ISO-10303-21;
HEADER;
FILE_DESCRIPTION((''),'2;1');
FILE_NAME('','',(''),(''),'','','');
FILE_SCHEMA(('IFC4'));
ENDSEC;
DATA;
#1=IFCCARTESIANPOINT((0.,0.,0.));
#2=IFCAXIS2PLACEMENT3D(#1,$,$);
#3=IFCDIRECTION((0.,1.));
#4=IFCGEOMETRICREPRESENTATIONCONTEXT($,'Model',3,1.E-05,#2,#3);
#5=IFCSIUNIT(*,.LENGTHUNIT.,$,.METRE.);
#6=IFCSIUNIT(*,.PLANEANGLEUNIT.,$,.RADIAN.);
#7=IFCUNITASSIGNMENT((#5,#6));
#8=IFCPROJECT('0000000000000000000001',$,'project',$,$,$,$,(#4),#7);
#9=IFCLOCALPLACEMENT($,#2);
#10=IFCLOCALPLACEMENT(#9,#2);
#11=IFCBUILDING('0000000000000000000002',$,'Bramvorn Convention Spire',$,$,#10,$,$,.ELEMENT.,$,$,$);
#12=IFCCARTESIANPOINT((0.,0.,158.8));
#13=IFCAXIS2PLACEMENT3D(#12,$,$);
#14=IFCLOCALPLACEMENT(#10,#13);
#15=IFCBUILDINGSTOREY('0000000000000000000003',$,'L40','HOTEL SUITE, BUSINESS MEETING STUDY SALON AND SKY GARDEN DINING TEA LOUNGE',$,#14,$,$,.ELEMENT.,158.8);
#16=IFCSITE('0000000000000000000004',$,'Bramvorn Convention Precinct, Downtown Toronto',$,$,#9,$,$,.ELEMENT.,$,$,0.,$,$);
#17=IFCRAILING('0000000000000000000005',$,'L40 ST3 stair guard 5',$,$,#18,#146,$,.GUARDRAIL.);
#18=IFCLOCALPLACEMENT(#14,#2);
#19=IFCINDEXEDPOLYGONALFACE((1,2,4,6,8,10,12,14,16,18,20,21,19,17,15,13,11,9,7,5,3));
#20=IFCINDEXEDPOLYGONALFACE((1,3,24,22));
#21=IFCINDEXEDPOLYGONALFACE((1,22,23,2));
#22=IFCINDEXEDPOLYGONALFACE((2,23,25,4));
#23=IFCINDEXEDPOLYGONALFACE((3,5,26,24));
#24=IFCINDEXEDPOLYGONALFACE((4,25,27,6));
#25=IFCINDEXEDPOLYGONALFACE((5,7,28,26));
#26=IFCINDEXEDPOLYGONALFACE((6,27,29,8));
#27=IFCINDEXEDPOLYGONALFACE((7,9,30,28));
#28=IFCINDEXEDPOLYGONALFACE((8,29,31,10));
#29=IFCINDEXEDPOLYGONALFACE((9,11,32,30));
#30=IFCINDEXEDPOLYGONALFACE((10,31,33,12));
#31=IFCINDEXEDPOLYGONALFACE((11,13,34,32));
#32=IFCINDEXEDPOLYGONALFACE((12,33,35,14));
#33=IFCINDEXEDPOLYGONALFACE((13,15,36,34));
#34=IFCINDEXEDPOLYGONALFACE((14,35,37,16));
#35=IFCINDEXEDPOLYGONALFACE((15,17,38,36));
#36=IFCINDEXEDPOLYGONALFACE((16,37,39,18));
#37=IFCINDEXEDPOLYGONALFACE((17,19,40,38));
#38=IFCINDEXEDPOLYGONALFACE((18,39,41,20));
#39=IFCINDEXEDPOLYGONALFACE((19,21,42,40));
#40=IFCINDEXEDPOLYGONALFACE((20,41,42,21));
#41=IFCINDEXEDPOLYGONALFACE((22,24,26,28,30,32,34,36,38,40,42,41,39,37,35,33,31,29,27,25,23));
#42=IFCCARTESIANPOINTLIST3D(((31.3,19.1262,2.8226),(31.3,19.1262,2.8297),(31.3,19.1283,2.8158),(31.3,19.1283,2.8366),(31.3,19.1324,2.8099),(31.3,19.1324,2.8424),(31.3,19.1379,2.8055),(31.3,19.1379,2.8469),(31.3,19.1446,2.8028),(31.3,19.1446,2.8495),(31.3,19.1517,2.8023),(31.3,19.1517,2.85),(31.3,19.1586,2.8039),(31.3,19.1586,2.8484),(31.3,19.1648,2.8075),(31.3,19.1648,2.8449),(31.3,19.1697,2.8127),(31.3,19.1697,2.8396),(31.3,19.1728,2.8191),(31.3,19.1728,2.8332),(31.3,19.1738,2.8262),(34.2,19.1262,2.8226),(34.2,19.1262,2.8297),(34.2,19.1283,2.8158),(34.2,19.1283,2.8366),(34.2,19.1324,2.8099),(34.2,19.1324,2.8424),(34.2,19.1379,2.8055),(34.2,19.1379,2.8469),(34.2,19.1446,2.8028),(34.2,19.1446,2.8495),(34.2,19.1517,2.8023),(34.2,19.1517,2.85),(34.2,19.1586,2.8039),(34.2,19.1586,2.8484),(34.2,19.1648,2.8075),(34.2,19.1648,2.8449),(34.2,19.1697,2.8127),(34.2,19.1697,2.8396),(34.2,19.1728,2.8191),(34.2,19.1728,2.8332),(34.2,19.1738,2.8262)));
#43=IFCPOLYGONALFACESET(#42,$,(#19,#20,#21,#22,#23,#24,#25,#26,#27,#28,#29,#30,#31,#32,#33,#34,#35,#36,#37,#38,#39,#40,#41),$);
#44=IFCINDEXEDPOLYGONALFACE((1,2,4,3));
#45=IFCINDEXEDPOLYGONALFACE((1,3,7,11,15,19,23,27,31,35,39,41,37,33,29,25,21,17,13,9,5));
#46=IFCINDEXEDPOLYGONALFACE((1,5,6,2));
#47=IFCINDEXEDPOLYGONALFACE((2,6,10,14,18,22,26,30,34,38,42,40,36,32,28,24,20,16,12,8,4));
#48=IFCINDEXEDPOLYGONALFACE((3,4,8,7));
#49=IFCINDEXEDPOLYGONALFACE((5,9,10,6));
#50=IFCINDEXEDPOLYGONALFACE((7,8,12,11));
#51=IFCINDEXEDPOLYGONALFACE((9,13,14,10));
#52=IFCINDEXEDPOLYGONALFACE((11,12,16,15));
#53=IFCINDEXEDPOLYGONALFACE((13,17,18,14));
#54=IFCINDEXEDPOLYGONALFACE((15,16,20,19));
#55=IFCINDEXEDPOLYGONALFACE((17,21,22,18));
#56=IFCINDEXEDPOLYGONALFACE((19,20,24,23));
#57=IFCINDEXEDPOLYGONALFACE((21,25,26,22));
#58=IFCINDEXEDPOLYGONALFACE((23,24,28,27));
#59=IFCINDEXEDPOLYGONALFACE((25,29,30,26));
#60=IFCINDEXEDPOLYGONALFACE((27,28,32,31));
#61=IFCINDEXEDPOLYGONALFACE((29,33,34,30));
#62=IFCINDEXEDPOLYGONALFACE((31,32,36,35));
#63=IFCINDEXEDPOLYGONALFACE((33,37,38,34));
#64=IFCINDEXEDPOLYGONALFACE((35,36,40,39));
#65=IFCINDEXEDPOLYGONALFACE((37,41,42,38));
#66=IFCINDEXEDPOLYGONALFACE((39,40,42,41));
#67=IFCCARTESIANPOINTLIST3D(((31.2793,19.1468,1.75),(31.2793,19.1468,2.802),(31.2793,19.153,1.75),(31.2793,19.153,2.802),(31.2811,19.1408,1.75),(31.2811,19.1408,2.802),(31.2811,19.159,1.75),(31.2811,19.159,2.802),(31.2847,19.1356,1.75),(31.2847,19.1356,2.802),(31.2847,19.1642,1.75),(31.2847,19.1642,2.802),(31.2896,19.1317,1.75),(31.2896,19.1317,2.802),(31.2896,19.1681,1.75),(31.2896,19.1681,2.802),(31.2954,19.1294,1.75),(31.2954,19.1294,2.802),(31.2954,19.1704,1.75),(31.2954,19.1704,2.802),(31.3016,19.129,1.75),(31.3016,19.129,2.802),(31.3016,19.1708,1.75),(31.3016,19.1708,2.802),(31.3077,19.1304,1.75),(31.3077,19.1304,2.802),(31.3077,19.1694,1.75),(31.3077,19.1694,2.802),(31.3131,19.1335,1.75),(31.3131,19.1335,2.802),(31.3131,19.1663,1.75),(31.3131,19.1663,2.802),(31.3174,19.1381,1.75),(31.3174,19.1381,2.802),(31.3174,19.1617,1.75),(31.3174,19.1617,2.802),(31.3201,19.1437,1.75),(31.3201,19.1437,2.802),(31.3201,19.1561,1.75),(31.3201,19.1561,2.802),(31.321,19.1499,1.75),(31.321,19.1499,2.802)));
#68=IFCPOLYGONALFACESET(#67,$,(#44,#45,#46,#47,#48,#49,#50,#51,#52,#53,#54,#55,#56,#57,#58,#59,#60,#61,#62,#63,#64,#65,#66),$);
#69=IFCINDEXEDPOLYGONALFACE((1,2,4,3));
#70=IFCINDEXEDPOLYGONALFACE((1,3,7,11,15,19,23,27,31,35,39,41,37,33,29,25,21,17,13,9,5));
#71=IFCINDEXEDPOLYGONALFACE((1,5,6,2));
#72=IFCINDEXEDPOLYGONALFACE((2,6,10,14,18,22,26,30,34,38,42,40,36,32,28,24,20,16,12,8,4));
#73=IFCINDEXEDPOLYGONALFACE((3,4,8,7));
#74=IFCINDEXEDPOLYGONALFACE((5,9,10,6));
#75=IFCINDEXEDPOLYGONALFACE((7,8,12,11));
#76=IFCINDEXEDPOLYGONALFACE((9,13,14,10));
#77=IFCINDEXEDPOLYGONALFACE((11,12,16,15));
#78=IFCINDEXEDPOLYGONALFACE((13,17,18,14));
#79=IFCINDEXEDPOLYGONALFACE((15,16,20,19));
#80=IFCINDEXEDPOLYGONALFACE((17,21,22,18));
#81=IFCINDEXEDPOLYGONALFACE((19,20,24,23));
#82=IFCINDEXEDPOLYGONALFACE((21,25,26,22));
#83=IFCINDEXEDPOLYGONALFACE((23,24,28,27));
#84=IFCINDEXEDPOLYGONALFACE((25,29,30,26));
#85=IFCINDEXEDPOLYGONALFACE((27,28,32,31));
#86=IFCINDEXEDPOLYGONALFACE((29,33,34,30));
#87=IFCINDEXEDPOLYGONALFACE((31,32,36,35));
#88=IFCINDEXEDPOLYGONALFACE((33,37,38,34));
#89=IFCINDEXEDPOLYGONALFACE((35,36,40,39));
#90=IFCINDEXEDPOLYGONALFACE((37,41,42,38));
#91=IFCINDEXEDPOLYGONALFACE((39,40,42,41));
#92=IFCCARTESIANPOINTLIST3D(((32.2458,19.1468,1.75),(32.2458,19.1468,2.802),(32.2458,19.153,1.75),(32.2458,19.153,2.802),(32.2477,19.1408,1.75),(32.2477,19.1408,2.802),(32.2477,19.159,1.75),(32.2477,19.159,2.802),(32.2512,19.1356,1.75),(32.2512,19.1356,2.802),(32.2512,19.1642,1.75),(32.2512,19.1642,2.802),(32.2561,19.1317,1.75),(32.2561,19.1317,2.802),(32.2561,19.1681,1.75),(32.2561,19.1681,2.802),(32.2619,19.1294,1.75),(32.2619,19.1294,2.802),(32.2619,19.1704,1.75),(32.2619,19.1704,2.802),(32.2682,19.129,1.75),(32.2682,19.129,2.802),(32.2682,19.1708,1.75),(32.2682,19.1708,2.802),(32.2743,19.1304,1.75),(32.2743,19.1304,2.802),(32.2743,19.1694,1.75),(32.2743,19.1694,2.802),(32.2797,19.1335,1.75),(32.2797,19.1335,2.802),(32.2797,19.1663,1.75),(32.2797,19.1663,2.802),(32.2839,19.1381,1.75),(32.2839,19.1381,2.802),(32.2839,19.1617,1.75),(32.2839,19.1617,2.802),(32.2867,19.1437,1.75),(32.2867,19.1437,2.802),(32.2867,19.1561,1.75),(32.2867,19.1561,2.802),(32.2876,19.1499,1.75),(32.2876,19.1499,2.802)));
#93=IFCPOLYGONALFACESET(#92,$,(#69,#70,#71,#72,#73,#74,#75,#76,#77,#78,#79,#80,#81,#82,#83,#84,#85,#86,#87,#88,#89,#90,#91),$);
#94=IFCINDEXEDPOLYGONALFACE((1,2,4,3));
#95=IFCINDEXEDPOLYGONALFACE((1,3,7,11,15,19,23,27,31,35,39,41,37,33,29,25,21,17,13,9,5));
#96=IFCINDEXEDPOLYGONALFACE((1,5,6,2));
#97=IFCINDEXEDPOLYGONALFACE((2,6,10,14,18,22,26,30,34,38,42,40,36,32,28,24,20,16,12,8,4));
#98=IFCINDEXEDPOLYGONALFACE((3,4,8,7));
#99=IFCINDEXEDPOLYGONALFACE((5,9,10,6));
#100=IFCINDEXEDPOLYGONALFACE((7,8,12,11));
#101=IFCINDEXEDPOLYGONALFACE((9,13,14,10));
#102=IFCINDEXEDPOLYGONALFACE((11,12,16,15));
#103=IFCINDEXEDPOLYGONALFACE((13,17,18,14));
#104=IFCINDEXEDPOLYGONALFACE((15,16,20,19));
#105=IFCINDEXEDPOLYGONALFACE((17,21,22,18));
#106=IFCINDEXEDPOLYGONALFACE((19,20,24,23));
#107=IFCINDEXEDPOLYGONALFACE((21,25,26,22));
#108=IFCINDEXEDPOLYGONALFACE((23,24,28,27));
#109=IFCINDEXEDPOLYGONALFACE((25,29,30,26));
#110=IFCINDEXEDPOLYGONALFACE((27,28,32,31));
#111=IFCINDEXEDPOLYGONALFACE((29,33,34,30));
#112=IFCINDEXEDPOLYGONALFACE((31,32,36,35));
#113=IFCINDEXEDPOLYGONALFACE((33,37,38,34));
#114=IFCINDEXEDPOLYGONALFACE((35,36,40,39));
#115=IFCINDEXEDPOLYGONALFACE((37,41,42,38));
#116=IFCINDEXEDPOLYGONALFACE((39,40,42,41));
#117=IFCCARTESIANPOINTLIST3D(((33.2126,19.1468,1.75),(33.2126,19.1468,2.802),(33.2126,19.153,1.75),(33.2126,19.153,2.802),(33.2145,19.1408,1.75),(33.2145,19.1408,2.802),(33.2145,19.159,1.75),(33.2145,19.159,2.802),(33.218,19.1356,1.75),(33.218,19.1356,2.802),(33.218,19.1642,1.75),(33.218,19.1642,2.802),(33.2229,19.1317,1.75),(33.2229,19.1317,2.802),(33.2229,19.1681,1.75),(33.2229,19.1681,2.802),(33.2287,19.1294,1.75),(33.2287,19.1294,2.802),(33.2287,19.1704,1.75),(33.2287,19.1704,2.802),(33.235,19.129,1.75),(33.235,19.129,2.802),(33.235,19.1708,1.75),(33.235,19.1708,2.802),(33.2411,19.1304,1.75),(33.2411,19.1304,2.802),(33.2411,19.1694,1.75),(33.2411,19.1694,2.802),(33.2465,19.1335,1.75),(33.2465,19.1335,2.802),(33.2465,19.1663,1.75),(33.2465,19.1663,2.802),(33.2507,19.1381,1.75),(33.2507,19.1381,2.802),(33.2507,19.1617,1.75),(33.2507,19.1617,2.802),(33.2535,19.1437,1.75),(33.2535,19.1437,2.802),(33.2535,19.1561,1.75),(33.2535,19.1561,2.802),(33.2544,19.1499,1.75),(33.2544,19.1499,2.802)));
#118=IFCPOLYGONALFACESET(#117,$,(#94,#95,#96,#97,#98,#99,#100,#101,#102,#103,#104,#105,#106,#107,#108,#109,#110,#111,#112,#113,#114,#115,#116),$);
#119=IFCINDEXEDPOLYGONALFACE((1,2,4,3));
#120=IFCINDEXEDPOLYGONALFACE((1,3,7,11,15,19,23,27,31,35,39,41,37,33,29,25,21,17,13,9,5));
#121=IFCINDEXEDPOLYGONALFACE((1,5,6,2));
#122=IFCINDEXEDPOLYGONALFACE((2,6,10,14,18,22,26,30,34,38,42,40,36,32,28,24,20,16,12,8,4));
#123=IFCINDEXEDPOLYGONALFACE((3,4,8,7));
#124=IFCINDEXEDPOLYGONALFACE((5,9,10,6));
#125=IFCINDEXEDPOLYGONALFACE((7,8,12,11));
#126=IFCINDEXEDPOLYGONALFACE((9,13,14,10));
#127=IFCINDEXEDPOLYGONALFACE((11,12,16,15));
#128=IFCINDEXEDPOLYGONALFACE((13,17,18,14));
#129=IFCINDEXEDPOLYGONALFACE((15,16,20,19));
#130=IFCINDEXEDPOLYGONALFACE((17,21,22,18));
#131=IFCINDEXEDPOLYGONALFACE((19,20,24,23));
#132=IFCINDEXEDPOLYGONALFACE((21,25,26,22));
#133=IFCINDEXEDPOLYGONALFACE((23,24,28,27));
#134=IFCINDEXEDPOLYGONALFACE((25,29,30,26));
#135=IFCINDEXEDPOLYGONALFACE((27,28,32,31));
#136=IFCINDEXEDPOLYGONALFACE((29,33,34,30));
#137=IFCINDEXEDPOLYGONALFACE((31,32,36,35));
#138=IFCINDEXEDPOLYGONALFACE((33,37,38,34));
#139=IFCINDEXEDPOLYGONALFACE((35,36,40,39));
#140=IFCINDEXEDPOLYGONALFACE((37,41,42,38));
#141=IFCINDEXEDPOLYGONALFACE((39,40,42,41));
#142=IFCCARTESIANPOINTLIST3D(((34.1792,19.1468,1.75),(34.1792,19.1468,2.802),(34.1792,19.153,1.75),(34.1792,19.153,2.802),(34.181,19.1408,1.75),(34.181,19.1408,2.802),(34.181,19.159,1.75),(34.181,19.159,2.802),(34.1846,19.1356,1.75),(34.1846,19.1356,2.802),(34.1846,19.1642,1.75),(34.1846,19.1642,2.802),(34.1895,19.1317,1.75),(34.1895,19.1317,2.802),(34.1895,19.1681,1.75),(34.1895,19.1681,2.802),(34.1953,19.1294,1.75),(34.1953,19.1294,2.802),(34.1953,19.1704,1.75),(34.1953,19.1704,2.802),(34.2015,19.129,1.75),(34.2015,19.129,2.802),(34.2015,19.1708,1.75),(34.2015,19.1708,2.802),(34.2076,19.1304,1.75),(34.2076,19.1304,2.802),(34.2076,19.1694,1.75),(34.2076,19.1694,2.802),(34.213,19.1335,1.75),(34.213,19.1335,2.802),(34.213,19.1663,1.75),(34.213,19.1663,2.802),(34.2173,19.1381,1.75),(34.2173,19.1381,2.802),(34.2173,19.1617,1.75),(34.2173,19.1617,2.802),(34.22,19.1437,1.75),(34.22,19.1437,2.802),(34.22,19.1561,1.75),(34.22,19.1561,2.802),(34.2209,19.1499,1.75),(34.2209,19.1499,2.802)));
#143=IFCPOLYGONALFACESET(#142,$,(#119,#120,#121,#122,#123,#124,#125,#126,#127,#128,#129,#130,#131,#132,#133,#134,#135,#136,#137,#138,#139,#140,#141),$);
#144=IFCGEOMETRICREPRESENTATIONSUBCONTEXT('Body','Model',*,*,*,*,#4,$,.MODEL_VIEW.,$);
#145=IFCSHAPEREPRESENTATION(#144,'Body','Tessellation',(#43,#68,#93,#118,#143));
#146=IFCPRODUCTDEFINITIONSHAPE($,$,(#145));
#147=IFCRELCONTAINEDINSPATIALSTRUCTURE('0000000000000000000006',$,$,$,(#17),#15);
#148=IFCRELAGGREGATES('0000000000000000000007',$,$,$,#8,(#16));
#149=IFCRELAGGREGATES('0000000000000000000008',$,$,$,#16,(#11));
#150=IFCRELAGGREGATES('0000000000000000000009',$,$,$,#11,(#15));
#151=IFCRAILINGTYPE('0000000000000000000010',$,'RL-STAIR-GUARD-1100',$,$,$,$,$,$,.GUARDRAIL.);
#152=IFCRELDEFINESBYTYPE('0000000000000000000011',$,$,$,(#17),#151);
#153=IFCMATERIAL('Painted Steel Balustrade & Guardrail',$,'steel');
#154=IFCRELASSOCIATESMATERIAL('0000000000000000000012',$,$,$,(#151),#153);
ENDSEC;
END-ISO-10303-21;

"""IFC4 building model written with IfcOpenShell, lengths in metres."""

from ifc_helpers import new_model, si_unit, direction, frame, origin, origin_2d, place, context, subcontext, project, spatial, circle, extrude, material, type_object, element, save


model = new_model("IFC4")

# Units and contexts
model_context = context("Model", 3, precision=1e-05, world=origin(), true_north=direction((0.0, 1.0)))
body_context = subcontext(model_context, "Body", "Model", "MODEL_VIEW")
ifc_project = project(units=[si_unit("LENGTHUNIT", "METRE"), si_unit("PLANEANGLEUNIT", "RADIAN")], contexts=[model_context])

# Site, building, storey
site_placement = place(None, origin())
site = spatial("IfcSite", under=ifc_project, at=site_placement, Name="Bramvorn Convention Precinct, Downtown Toronto", CompositionType="ELEMENT", RefElevation=0.0)
building_placement = place(site_placement, origin())
building = spatial("IfcBuilding", under=site, at=building_placement, Name="Bramvorn Convention Spire", CompositionType="ELEMENT")
storey_placement = place(building_placement, frame((0.0, 0.0, 158.8)))
storey = spatial("IfcBuildingStorey", under=building, at=storey_placement, Name="L40", Description="HOTEL SUITE, BUSINESS MEETING STUDY SALON AND SKY GARDEN DINING TEA LOUNGE", CompositionType="ELEMENT", Elevation=158.8)

# Railing
ifc_material_1 = material(Name="Painted Steel Balustrade & Guardrail", Category="steel")
railing_type_1 = type_object("IfcRailingType", Name="RL-STAIR-GUARD-1100", PredefinedType="GUARDRAIL", material=ifc_material_1)
railing_1_placement = place(storey_placement, frame((31.3, 19.1499, 1.75)))
element("IfcRailing", 1, at=railing_1_placement, inside=storey, type_object=railing_type_1, Name="L40 ST3 stair guard 5", PredefinedType="GUARDRAIL", context=body_context, shape_type="SweptSolid", body=[
    extrude(circle(Radius=0.0239, at=origin_2d()), frame((0.0, 0.0, 1.0762), z_axis=(1.0, 0.0, 0.0), x_axis=(0.0, 1.0, 0.0)), (0.0, 0.0, 1.0), 2.8999),
    extrude(circle(Radius=0.021, at=origin_2d()), origin(), (0.0, 0.0, 1.0), 1.052),
    extrude(circle(Radius=0.021, at=origin_2d()), frame((0.9666, 0.0, 0.0)), (0.0, 0.0, 1.0), 1.052),
    extrude(circle(Radius=0.021, at=origin_2d()), frame((1.9333, 0.0, 0.0)), (0.0, 0.0, 1.0), 1.052),
    extrude(circle(Radius=0.021, at=origin_2d()), frame((2.8999, 0.0, 0.0)), (0.0, 0.0, 1.0), 1.052),
])

save(model, "model.ifc")
